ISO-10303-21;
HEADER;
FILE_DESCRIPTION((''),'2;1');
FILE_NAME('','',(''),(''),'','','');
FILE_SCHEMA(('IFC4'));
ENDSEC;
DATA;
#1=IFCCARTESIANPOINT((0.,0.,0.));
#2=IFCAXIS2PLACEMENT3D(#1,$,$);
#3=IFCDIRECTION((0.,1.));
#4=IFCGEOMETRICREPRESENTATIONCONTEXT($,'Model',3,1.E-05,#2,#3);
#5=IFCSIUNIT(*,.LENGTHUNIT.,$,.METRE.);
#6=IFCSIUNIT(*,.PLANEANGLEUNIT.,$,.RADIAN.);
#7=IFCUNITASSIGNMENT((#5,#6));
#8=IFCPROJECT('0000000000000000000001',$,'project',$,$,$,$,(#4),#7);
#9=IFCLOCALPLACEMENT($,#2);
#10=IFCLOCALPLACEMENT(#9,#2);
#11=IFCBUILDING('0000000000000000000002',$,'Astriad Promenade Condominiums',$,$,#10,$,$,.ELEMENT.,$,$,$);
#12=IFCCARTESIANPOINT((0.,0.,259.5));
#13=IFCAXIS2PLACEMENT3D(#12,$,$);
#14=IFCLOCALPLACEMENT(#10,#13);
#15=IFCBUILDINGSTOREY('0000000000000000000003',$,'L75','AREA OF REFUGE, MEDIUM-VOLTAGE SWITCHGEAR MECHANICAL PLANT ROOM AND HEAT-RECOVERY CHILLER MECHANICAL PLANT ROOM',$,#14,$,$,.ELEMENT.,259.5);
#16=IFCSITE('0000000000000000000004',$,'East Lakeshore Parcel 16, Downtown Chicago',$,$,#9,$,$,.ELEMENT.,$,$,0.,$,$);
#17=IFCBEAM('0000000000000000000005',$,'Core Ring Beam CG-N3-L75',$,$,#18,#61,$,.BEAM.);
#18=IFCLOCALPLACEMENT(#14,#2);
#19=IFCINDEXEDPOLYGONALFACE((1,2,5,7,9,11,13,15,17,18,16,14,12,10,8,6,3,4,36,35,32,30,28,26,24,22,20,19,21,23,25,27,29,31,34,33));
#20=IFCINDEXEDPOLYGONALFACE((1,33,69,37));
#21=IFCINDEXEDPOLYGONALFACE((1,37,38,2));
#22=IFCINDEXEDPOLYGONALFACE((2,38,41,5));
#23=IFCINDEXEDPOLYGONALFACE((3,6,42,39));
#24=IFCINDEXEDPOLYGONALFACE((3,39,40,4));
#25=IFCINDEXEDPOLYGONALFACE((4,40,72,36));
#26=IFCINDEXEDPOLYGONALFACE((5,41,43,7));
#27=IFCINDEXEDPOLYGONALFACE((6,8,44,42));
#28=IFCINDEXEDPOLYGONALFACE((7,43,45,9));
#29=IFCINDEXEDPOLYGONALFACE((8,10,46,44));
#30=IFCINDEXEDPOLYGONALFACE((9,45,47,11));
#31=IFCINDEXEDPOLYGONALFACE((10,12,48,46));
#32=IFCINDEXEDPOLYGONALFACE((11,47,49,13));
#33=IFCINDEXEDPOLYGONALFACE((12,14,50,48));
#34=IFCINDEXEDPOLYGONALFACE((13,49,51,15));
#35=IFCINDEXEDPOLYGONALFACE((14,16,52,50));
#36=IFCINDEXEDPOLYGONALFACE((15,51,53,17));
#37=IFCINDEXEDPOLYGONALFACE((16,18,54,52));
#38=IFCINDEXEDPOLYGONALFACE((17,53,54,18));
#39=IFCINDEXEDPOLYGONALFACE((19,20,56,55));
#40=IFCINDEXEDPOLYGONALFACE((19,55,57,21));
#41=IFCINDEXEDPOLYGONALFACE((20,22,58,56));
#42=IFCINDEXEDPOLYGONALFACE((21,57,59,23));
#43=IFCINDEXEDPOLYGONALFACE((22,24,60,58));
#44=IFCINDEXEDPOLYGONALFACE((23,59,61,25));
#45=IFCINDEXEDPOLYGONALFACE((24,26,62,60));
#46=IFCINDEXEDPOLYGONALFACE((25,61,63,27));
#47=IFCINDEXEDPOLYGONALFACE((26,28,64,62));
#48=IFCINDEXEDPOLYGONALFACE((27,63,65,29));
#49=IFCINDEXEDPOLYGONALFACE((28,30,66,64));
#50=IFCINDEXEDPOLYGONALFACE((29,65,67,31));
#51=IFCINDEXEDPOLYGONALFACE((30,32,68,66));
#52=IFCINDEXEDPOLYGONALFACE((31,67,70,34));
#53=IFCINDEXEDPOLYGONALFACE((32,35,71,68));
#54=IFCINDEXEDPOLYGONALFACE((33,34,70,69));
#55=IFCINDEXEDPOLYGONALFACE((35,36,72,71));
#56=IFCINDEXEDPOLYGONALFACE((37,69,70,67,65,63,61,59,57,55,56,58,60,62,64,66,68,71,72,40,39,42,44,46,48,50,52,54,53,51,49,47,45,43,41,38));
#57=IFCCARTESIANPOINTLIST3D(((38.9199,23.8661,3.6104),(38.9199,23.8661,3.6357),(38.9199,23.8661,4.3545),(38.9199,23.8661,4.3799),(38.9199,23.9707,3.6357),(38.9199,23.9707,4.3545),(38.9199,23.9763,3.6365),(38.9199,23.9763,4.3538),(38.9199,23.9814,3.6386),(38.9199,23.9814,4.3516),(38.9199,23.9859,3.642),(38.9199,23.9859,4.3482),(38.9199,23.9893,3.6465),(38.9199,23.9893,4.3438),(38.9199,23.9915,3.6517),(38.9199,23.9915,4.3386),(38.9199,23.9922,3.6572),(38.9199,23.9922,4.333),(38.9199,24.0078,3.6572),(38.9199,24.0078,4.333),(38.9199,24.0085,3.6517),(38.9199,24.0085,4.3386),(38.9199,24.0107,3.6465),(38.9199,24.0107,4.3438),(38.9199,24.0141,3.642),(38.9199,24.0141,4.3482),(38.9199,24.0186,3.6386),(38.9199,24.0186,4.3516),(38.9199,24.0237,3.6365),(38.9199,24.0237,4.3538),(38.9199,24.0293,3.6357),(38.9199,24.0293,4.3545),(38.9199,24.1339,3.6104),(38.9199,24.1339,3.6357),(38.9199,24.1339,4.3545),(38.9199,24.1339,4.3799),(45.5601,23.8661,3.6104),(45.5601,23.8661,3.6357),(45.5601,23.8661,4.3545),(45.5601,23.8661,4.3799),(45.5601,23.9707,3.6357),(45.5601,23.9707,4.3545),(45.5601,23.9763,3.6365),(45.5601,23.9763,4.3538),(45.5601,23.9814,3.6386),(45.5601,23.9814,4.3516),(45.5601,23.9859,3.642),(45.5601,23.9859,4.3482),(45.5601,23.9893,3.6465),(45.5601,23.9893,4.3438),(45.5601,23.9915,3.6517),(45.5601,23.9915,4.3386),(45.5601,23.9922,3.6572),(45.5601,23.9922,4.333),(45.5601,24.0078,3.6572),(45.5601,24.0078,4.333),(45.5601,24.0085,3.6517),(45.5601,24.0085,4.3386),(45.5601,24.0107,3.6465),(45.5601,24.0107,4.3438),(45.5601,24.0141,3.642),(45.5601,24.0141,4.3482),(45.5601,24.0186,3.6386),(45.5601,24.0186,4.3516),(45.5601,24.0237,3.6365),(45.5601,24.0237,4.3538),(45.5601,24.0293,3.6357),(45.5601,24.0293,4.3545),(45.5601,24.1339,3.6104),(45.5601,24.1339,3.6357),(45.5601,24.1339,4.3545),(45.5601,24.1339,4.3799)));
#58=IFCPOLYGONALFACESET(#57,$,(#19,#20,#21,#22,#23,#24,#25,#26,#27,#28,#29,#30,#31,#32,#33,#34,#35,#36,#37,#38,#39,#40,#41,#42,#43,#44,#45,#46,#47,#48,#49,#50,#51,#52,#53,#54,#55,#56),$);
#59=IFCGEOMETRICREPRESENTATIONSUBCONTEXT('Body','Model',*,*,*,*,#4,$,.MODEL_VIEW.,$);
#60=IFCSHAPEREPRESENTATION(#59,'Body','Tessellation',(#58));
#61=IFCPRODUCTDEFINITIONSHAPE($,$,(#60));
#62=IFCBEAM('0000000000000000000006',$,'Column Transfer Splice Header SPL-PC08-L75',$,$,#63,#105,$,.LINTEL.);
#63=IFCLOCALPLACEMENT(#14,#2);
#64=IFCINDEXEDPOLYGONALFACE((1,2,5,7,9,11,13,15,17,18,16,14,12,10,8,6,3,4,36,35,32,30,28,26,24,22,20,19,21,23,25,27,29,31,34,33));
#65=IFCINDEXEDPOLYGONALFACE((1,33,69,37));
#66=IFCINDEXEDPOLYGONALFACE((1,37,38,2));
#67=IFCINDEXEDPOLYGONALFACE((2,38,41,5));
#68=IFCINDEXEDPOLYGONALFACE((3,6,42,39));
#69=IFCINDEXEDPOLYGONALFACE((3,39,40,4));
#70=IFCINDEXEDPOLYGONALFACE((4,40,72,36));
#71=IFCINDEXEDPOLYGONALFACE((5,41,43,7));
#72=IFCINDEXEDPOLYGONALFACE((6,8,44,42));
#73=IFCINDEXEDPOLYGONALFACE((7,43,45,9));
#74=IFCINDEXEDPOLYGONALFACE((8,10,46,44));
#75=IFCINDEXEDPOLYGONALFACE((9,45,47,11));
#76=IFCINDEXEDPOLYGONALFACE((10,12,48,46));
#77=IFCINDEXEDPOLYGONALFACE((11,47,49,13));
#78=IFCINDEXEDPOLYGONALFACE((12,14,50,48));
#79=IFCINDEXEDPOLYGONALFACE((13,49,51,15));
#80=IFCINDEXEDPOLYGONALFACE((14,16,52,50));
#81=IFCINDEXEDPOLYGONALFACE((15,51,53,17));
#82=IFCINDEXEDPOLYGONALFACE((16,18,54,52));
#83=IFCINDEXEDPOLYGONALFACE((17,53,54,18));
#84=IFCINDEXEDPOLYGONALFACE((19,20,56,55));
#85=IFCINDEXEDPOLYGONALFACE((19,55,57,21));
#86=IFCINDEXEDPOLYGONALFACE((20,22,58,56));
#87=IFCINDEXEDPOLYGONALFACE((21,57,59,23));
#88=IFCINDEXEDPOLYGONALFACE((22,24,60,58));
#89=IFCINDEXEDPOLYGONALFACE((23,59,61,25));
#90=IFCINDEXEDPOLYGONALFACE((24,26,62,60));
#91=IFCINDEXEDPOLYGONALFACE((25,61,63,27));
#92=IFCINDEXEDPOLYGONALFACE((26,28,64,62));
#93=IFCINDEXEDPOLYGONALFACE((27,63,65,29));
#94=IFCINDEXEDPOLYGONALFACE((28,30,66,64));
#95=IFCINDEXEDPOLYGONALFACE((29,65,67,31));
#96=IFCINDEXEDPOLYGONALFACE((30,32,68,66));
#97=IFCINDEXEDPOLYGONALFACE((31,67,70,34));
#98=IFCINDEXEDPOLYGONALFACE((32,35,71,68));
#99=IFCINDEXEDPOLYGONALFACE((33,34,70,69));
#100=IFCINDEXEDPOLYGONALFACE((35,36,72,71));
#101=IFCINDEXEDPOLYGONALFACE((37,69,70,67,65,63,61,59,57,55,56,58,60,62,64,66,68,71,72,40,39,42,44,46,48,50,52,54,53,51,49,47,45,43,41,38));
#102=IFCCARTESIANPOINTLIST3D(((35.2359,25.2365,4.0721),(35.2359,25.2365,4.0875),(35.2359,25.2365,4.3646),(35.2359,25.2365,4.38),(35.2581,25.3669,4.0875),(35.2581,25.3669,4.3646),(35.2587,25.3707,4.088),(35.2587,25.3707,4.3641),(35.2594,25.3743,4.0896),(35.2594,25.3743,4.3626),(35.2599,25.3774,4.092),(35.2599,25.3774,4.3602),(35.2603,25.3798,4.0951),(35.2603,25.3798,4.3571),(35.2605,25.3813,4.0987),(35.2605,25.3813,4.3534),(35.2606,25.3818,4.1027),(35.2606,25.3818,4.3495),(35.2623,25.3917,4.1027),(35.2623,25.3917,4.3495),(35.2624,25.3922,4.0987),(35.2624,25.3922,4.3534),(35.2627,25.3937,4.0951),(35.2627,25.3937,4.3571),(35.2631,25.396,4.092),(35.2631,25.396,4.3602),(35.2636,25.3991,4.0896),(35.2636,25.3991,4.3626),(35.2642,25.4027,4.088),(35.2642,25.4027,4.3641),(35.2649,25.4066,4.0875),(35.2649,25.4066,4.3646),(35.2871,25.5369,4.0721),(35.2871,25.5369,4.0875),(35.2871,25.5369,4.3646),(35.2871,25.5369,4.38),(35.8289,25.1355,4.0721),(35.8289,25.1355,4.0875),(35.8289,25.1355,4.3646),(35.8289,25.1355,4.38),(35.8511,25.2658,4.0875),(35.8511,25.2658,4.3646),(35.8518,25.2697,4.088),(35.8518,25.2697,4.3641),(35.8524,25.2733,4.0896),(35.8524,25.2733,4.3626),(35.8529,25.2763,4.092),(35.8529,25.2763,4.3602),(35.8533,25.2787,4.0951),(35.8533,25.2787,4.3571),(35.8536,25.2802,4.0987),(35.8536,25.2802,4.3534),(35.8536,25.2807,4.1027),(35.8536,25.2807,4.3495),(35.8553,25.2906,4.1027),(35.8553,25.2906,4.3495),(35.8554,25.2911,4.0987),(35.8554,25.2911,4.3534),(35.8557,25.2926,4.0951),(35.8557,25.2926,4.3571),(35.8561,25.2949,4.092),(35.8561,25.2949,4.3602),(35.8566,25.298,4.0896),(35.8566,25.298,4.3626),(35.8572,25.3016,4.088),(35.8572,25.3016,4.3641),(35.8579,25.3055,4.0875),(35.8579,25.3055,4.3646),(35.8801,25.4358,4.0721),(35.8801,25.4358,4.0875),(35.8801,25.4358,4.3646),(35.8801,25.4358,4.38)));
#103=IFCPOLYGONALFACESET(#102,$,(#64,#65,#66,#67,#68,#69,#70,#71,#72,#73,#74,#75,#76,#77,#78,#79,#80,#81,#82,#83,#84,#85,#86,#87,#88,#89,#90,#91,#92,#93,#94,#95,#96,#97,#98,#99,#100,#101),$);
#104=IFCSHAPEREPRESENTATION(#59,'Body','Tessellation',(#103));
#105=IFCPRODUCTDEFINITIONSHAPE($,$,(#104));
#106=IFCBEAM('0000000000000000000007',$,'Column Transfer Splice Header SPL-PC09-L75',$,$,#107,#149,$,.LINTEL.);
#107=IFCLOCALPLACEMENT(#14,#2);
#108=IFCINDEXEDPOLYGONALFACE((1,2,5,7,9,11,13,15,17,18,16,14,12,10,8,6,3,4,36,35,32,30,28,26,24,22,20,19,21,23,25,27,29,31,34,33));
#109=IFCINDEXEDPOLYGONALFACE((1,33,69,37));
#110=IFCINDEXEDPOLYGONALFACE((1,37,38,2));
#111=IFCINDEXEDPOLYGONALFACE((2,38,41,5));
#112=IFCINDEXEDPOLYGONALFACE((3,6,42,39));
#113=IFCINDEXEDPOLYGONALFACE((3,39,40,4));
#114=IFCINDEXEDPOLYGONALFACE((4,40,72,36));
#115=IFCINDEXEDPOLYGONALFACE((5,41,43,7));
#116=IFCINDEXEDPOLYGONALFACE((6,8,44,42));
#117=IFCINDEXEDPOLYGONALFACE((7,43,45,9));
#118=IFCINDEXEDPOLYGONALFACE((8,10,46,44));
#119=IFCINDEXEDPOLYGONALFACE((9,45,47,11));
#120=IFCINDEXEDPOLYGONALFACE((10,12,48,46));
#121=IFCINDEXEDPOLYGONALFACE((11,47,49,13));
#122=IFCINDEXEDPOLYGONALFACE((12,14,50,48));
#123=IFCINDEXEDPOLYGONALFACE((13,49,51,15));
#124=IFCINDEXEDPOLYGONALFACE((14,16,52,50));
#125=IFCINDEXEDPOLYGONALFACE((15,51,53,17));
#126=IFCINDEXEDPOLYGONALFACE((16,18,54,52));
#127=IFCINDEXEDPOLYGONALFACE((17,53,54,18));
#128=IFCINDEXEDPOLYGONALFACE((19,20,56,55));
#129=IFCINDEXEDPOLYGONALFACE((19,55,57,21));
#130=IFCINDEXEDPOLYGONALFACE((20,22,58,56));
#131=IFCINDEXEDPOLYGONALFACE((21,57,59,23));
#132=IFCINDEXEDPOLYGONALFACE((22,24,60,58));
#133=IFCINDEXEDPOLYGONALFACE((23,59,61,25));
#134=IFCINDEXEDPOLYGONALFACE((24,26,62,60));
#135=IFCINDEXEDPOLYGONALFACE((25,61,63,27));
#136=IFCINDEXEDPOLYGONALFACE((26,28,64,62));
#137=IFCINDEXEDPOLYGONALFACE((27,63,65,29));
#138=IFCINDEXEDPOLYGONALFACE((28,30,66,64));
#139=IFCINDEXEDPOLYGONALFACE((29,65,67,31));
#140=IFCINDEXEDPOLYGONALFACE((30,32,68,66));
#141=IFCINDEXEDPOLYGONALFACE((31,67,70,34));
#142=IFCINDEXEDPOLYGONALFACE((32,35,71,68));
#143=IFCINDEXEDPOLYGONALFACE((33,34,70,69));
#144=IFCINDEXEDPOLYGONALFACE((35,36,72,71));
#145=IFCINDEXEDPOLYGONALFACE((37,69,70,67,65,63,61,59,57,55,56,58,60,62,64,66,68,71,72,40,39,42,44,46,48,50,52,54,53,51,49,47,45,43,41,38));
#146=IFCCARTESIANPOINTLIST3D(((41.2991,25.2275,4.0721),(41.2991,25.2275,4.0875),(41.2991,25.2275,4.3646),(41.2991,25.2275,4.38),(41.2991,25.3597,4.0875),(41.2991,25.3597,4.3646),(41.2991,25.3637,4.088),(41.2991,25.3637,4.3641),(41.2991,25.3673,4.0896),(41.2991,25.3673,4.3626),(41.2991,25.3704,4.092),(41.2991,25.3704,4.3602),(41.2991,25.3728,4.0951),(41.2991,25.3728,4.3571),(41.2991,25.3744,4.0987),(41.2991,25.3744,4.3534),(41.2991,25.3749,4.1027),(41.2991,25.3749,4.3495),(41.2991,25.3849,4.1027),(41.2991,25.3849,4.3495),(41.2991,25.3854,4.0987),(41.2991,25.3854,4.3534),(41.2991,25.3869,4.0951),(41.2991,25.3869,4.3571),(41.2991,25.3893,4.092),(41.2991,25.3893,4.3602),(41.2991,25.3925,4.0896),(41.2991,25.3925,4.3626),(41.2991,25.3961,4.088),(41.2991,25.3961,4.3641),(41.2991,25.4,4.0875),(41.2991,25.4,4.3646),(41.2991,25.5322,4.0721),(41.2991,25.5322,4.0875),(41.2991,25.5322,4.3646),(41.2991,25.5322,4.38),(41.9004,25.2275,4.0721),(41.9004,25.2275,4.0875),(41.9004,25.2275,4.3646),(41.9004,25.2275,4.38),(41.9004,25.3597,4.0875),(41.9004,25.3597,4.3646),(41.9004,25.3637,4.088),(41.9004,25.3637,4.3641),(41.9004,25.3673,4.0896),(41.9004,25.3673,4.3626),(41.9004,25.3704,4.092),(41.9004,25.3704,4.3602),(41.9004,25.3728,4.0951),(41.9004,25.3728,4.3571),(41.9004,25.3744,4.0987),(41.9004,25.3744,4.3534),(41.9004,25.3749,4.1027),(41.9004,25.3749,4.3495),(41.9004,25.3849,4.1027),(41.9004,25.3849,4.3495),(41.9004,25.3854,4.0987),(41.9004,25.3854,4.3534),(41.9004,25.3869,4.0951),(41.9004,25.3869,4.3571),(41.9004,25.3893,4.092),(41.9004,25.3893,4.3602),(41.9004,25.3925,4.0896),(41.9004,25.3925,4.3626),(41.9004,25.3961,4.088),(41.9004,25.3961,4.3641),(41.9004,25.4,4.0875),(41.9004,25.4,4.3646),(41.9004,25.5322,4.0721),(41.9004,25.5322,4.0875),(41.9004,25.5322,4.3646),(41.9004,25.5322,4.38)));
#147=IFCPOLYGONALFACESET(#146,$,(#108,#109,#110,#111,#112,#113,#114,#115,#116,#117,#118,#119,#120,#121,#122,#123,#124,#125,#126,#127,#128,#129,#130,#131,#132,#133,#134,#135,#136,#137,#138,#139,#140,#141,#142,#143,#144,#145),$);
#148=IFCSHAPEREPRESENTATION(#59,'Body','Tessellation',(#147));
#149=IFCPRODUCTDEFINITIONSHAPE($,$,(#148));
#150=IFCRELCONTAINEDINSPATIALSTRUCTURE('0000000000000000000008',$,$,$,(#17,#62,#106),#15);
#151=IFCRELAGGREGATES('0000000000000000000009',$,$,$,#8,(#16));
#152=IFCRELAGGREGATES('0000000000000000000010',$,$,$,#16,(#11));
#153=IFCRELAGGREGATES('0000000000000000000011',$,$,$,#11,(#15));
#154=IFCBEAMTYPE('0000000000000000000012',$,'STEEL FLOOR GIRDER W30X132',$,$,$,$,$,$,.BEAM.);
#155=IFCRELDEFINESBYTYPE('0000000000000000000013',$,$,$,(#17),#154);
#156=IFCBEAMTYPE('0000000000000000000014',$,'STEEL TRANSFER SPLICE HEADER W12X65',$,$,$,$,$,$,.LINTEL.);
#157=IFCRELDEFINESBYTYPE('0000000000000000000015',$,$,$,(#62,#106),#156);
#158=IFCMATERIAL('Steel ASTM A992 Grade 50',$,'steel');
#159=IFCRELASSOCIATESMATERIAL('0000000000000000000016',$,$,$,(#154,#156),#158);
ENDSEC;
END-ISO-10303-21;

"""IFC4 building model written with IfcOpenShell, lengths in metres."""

from ifc_helpers import new_model, si_unit, direction, frame, origin, origin_2d, place, context, subcontext, project, spatial, i_section, extrude, source, transform, mapped, material, material_profile, profile_set, type_object, type_shapes, element, save


model = new_model("IFC4")

# Units and contexts
model_context = context("Model", 3, precision=1e-05, world=origin(), true_north=direction((0.0, 1.0)))
body_context = subcontext(model_context, "Body", "Model", "MODEL_VIEW")
ifc_project = project(units=[si_unit("LENGTHUNIT", "METRE"), si_unit("PLANEANGLEUNIT", "RADIAN")], contexts=[model_context])

# Site, building, storey
site_placement = place(None, origin())
site = spatial("IfcSite", under=ifc_project, at=site_placement, Name="East Lakeshore Parcel 16, Downtown Chicago", CompositionType="ELEMENT", RefElevation=0.0)
building_placement = place(site_placement, origin())
building = spatial("IfcBuilding", under=site, at=building_placement, Name="Astriad Promenade Condominiums", CompositionType="ELEMENT")
storey_placement = place(building_placement, frame((0.0, 0.0, 259.5)))
storey = spatial("IfcBuildingStorey", under=building, at=storey_placement, Name="L75", Description="AREA OF REFUGE, MEDIUM-VOLTAGE SWITCHGEAR MECHANICAL PLANT ROOM AND HEAT-RECOVERY CHILLER MECHANICAL PLANT ROOM", CompositionType="ELEMENT", Elevation=259.5)

# Shared definitions
ifc_material_1 = material(Name="Steel ASTM A992 Grade 50", Category="steel")

# Beams
ifc_material_profile_1 = material_profile(ifc_material_1, i_section(OverallWidth=0.2678, OverallDepth=0.7695, WebThickness=0.0156, FlangeThickness=0.0254, FilletRadius=0.0215, at=origin_2d()), Name="W30X132")
ifc_profile_set_1 = profile_set([ifc_material_profile_1], Name="Steel ASTM A992 Grade 50")
beam_type_1 = type_object("IfcBeamType", Name="STEEL FLOOR GIRDER W30X132", PredefinedType="BEAM", material=ifc_profile_set_1)
shared_shape_1 = source(origin(), body_context, "Body", "SweptSolid", [
    extrude(i_section(OverallWidth=0.2678, OverallDepth=0.7695, WebThickness=0.0156, FlangeThickness=0.0254, FilletRadius=0.0215, at=origin_2d()), origin(), (0.0, 0.0, 1.0), 6.6401),
])
type_shapes(beam_type_1, [shared_shape_1])
beam_1_placement = place(storey_placement, frame((38.9199, 24.0, 3.9951), z_axis=(1.0, 0.0, 0.0), x_axis=(0.0, 1.0, 0.0)))
element("IfcBeam", 1, at=beam_1_placement, inside=storey, type_object=beam_type_1, Name="Core Ring Beam CG-N3-L75", PredefinedType="BEAM", context=body_context, shape_type="MappedRepresentation", body=[
    mapped(shared_shape_1, transform((0.0, 0.0, 0.0), scale=1.0)),
])
ifc_material_profile_2 = material_profile(ifc_material_1, i_section(OverallWidth=0.3047, OverallDepth=0.3079, WebThickness=0.01, FlangeThickness=0.0154, FilletRadius=0.0151, at=origin_2d()), Name="W12X65")
ifc_profile_set_2 = profile_set([ifc_material_profile_2], Name="Steel ASTM A992 Grade 50")
beam_type_2 = type_object("IfcBeamType", Name="STEEL TRANSFER SPLICE HEADER W12X65", PredefinedType="LINTEL", material=ifc_profile_set_2)
shared_shape_2 = source(origin(), body_context, "Body", "SweptSolid", [
    extrude(i_section(OverallWidth=0.3047, OverallDepth=0.3079, WebThickness=0.01, FlangeThickness=0.0154, FilletRadius=0.0151, at=origin_2d()), origin(), (0.0, 0.0, 1.0), 0.6016),
])
beam_2_placement = place(storey_placement, frame((35.2615, 25.3867, 4.2261), z_axis=(0.985784, -0.168018, 0.0), x_axis=(0.168018, 0.985784, 0.0)))
element("IfcBeam", 2, at=beam_2_placement, inside=storey, type_object=beam_type_2, Name="Column Transfer Splice Header SPL-PC08-L75", PredefinedType="LINTEL", context=body_context, shape_type="MappedRepresentation", body=[
    mapped(shared_shape_2, transform((0.0, 0.0, 0.0), scale=1.0)),
])
shared_shape_3 = source(origin(), body_context, "Body", "SweptSolid", [
    extrude(i_section(OverallWidth=0.3047, OverallDepth=0.3079, WebThickness=0.01, FlangeThickness=0.0154, FilletRadius=0.0151, at=origin_2d()), origin(), (0.0, 0.0, 1.0), 0.6013),
])
type_shapes(beam_type_2, [shared_shape_2, shared_shape_3])
beam_3_placement = place(storey_placement, frame((41.9004, 25.3799, 4.2261), z_axis=(-1.0, 0.0, 0.0), x_axis=(0.0, -1.0, 0.0)))
element("IfcBeam", 3, at=beam_3_placement, inside=storey, type_object=beam_type_2, Name="Column Transfer Splice Header SPL-PC09-L75", PredefinedType="LINTEL", context=body_context, shape_type="MappedRepresentation", body=[
    mapped(shared_shape_3, transform((0.0, 0.0, 0.0), scale=1.0)),
])

save(model, "model.ifc")
